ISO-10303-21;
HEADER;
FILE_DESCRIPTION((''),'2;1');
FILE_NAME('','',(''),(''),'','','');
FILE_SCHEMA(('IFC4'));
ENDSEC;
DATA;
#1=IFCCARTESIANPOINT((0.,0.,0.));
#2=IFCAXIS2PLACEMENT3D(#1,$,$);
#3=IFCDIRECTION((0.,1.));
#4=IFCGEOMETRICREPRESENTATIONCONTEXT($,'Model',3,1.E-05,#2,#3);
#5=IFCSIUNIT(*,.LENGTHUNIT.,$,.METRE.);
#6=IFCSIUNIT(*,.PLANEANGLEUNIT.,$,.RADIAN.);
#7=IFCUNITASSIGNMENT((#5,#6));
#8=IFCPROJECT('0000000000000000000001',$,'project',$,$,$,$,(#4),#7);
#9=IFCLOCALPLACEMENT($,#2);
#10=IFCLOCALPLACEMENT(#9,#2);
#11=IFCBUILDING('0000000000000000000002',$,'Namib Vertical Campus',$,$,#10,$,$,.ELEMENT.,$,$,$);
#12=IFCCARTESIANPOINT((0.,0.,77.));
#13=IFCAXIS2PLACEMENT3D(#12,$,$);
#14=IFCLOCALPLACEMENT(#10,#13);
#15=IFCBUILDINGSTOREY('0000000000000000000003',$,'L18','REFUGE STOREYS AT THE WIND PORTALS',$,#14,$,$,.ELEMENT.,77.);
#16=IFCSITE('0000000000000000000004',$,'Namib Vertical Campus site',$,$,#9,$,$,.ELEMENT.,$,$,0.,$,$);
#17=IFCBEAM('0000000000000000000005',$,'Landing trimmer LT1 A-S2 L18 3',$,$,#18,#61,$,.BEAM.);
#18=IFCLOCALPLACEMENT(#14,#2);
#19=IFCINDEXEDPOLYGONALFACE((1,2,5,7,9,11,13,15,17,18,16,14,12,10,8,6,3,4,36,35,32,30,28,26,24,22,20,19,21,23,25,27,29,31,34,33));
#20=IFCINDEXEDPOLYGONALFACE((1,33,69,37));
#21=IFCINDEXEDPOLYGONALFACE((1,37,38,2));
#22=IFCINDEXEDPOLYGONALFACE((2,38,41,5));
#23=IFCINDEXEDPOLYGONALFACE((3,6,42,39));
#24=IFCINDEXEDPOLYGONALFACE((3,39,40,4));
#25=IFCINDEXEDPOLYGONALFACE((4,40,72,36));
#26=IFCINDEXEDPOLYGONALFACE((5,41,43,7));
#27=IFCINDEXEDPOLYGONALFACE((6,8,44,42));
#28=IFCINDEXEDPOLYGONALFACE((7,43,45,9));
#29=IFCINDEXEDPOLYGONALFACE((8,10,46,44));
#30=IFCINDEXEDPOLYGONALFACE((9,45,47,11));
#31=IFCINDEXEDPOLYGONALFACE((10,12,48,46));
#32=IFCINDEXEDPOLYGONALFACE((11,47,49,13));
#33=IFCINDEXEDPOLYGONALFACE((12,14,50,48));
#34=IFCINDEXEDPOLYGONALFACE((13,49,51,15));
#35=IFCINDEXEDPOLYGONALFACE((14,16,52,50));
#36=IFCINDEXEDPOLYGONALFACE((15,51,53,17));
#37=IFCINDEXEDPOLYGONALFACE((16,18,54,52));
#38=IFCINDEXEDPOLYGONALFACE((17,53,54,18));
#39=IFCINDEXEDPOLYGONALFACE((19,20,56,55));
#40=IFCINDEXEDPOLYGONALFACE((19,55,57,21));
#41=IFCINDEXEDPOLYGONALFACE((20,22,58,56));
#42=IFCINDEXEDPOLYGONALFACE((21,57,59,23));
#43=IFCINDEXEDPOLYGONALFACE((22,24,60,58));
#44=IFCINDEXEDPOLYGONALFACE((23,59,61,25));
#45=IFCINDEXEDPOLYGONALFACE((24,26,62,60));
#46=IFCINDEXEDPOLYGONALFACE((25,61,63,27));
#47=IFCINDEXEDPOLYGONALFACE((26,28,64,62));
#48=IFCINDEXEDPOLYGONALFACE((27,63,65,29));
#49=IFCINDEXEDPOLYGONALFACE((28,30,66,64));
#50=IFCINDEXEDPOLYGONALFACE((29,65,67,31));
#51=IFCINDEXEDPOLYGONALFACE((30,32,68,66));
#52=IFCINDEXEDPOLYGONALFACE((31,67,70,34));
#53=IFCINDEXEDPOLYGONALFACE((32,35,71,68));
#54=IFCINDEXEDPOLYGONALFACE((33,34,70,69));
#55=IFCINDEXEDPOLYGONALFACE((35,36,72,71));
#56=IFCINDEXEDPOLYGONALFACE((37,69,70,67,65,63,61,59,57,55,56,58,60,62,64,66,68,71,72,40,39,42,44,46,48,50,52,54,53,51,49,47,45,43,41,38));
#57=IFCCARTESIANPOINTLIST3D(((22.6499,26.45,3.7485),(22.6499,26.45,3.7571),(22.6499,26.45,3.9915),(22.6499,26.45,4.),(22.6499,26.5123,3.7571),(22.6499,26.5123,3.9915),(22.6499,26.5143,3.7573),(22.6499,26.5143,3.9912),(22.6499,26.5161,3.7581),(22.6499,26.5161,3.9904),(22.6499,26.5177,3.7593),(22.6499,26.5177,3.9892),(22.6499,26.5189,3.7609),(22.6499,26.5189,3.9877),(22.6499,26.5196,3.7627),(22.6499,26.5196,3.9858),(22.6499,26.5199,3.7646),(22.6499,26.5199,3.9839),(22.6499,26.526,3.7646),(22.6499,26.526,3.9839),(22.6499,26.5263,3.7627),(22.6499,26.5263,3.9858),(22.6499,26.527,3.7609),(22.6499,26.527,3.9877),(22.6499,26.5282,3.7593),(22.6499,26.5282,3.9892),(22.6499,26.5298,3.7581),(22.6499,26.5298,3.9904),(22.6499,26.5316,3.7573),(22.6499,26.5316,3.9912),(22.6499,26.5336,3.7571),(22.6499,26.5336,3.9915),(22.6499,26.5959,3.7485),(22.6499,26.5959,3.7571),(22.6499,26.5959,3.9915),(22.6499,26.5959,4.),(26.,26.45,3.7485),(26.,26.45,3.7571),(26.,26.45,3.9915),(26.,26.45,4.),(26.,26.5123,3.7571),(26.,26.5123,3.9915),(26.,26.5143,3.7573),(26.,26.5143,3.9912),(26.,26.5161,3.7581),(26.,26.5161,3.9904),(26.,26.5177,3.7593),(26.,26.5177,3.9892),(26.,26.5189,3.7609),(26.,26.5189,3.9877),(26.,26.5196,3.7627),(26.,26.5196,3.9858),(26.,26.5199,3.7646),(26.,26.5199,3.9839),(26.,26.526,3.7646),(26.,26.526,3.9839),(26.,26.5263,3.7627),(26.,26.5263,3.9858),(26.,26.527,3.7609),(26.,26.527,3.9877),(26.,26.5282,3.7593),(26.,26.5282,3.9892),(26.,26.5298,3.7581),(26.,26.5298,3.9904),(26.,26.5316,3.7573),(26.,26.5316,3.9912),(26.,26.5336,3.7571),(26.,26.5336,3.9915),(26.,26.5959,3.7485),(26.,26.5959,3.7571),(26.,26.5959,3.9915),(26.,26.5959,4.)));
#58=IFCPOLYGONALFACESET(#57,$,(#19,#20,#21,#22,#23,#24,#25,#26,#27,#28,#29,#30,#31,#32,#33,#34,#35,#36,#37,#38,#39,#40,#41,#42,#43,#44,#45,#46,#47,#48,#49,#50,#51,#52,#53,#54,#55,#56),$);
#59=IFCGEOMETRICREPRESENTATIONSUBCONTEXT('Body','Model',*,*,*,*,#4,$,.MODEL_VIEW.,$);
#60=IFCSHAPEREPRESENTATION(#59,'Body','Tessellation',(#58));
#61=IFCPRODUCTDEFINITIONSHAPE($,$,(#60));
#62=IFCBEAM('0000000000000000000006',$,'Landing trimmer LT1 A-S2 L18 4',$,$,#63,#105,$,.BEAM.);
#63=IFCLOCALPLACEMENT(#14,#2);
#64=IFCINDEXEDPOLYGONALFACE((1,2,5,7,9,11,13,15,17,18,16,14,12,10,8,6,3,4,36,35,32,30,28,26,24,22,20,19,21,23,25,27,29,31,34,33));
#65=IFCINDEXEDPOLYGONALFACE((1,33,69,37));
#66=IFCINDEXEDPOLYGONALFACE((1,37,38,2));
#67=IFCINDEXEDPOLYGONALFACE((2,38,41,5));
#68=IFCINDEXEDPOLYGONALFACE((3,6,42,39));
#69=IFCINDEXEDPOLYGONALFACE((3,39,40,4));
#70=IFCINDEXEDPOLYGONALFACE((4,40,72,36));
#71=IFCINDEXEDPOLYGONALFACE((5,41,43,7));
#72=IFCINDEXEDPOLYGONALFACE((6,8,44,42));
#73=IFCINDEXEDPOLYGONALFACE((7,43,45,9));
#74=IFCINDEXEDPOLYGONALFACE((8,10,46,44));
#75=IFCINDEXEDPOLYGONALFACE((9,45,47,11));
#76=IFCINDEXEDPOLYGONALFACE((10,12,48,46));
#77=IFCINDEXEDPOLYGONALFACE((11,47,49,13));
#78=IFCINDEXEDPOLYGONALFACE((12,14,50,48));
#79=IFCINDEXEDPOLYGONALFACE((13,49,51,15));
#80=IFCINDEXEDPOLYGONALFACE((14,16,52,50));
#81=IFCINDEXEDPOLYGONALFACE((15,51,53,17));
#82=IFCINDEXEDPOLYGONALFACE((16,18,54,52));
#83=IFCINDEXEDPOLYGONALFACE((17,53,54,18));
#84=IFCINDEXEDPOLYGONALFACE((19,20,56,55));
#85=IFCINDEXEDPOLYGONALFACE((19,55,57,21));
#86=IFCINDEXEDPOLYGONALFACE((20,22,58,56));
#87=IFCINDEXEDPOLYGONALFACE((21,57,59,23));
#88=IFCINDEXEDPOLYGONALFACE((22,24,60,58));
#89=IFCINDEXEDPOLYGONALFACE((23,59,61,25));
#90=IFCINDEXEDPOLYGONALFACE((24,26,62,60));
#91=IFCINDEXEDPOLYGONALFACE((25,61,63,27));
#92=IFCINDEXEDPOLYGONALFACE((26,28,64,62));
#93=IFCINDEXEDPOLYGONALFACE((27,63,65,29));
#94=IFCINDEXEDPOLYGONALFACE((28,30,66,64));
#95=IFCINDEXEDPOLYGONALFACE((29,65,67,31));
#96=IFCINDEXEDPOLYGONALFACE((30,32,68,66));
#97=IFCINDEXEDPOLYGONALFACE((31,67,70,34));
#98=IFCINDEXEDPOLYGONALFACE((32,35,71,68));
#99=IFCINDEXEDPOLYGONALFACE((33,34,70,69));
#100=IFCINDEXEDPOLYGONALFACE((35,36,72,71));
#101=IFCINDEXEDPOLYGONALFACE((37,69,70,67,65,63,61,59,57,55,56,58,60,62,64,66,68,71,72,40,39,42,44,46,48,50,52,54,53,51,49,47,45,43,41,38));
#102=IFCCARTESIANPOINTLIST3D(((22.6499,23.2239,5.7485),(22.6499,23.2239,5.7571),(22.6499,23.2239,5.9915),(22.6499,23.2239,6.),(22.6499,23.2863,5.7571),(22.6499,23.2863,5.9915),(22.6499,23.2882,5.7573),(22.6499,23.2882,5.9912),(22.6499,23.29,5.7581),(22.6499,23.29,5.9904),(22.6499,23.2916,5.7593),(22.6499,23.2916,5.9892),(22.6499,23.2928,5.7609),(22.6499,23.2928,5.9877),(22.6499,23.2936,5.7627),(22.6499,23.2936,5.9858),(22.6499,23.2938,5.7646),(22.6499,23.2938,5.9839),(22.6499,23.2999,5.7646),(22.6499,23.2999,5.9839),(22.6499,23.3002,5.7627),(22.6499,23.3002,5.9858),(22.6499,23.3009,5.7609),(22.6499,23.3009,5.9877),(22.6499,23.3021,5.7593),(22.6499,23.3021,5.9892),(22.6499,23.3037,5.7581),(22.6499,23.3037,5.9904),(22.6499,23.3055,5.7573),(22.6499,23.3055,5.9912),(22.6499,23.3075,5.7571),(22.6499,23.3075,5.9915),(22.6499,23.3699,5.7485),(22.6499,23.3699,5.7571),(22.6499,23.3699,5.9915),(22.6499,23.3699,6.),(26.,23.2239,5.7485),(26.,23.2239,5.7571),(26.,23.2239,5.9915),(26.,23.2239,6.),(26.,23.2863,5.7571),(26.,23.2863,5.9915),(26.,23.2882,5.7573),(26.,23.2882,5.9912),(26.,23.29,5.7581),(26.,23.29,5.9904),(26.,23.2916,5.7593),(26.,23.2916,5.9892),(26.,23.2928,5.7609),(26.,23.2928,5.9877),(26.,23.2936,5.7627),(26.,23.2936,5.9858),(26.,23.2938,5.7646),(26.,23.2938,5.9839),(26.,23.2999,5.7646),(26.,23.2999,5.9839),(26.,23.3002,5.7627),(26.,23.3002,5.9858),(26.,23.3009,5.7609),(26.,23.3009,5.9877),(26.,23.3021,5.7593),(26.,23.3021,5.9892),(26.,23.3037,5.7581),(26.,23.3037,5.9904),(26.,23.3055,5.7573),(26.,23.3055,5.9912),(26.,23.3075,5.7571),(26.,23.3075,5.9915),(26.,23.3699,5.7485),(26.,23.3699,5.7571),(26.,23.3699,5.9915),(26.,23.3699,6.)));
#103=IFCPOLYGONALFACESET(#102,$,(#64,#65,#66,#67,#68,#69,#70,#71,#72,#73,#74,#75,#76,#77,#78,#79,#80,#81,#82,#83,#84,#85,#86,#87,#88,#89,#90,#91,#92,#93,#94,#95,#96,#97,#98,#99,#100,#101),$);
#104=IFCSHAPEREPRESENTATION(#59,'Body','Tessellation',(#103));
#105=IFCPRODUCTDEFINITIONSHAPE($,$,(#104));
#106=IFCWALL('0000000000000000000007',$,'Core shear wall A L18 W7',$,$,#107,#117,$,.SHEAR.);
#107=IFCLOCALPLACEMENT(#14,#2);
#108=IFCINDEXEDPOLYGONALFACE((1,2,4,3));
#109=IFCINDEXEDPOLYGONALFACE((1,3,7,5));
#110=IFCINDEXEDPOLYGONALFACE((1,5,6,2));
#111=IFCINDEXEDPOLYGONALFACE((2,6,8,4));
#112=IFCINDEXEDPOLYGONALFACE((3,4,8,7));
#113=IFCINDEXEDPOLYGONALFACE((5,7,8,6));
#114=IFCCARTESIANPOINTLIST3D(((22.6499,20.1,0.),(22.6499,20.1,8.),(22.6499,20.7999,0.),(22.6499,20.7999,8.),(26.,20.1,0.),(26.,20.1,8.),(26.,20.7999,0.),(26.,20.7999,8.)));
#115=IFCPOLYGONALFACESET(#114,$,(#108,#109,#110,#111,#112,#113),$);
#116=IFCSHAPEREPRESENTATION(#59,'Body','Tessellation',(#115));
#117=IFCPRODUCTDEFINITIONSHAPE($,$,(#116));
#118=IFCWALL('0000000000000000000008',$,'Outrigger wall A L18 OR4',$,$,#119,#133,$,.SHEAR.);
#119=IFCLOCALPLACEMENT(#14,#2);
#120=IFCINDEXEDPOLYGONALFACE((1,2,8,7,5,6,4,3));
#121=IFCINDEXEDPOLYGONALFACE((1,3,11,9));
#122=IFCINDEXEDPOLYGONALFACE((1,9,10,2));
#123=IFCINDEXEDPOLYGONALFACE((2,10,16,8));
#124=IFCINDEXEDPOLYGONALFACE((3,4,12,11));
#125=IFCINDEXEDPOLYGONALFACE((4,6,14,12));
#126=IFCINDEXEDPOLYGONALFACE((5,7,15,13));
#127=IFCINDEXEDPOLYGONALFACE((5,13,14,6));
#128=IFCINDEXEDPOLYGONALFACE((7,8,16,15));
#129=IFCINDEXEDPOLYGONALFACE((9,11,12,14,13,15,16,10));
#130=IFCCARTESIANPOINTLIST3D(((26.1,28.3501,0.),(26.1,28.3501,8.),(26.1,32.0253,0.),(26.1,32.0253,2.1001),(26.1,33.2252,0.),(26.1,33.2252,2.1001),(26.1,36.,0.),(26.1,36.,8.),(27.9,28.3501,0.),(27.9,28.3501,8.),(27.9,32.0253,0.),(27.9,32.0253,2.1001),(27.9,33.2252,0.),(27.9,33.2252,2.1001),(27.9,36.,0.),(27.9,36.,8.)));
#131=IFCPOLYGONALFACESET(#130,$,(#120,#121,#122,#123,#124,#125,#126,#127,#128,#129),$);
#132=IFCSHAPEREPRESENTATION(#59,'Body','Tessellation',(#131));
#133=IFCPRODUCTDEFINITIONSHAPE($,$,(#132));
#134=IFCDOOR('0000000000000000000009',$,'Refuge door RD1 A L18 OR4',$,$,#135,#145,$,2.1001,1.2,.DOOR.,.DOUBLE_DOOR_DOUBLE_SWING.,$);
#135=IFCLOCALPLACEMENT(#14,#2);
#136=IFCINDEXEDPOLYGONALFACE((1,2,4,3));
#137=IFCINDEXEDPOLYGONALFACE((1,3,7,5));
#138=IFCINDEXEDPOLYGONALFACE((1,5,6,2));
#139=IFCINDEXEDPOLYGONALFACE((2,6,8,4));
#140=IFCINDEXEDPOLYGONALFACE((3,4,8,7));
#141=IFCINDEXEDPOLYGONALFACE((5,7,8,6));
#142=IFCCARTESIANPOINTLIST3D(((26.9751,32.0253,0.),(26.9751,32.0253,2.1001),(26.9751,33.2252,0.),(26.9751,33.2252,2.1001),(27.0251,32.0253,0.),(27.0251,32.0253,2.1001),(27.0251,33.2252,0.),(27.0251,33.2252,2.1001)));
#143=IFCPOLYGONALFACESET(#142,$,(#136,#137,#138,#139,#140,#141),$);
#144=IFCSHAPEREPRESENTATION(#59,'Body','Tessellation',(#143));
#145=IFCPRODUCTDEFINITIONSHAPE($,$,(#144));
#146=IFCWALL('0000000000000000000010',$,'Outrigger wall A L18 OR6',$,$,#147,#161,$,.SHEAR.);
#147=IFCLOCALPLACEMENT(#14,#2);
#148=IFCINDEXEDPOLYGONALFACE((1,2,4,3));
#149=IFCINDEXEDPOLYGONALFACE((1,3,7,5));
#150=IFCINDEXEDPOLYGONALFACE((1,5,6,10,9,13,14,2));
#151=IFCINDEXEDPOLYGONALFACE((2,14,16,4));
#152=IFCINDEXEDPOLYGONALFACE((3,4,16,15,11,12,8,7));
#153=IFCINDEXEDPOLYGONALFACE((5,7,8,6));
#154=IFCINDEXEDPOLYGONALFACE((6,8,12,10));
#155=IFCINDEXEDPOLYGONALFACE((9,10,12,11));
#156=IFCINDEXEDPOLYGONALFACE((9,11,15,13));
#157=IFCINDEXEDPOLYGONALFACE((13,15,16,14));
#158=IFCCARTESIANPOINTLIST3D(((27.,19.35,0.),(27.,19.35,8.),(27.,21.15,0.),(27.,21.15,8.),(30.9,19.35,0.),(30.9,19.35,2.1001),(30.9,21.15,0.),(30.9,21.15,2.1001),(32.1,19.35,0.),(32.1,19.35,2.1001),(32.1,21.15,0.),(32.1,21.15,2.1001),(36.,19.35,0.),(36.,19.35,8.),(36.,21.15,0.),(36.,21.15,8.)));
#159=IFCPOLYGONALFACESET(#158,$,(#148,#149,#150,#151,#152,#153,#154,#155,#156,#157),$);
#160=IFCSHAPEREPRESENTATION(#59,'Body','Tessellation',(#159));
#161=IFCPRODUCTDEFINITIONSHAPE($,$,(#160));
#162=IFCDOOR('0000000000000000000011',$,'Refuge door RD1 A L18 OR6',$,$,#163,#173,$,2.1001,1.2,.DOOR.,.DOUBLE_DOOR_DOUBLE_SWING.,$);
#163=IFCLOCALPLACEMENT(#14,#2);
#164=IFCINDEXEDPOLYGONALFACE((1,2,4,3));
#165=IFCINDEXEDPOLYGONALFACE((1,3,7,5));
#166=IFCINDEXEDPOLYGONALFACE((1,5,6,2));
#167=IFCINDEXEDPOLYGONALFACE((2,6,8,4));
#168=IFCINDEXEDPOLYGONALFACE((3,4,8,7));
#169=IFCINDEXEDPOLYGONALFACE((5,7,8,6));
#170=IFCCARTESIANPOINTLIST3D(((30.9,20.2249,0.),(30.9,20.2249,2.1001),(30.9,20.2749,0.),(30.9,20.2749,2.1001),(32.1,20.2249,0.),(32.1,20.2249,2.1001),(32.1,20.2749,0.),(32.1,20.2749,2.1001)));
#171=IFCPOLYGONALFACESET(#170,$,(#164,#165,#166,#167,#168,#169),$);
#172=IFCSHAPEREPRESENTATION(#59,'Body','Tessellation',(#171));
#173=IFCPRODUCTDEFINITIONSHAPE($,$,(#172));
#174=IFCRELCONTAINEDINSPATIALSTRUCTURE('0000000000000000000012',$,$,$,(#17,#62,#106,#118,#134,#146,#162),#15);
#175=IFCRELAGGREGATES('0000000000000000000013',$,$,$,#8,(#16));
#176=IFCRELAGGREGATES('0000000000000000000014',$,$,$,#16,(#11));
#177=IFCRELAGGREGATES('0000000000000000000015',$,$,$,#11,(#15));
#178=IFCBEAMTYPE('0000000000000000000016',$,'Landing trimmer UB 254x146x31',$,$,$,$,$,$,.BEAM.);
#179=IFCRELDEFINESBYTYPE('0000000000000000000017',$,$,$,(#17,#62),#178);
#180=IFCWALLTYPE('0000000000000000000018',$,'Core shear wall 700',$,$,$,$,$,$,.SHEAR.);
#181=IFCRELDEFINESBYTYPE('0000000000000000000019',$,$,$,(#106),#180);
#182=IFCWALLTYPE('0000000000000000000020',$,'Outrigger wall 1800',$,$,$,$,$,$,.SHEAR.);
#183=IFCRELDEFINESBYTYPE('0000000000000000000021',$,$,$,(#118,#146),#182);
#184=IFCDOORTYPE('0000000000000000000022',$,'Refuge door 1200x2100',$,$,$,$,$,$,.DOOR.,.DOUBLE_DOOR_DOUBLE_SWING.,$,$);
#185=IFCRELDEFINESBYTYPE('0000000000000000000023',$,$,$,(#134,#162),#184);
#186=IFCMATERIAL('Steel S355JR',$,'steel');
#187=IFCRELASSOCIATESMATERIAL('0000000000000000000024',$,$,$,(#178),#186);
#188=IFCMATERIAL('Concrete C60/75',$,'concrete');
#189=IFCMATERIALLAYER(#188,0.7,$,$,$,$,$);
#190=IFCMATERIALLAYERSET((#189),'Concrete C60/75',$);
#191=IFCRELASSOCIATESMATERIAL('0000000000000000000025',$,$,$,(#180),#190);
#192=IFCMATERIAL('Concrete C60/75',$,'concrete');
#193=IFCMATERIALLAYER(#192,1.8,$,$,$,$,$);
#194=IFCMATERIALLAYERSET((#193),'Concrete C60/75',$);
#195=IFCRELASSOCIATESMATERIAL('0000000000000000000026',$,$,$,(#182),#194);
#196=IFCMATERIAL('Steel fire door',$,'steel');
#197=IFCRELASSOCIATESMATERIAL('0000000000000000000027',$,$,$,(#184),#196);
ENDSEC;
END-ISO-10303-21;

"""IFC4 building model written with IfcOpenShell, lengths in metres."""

from ifc_helpers import new_model, si_unit, direction, frame, frame_2d, origin, origin_2d, place, context, subcontext, project, spatial, rectangle, i_section, extrude, material, layer, layer_set, material_profile, profile_set, type_object, element, fill, save


model = new_model("IFC4")

# Units and contexts
model_context = context("Model", 3, precision=1e-05, world=origin(), true_north=direction((0.0, 1.0)))
body_context = subcontext(model_context, "Body", "Model", "MODEL_VIEW")
ifc_project = project(units=[si_unit("LENGTHUNIT", "METRE"), si_unit("PLANEANGLEUNIT", "RADIAN")], contexts=[model_context])

# Site, building, storey
site_placement = place(None, origin())
site = spatial("IfcSite", under=ifc_project, at=site_placement, Name="Namib Vertical Campus site", CompositionType="ELEMENT", RefElevation=0.0)
building_placement = place(site_placement, origin())
building = spatial("IfcBuilding", under=site, at=building_placement, Name="Namib Vertical Campus", CompositionType="ELEMENT")
storey_placement = place(building_placement, frame((0.0, 0.0, 77.0)))
storey = spatial("IfcBuildingStorey", under=building, at=storey_placement, Name="L18", Description="REFUGE STOREYS AT THE WIND PORTALS", CompositionType="ELEMENT", Elevation=77.0)

# Beams
ifc_material_1 = material(Name="Steel S355JR", Category="steel")
ifc_material_profile_1 = material_profile(ifc_material_1, i_section(OverallWidth=0.146, OverallDepth=0.2515, WebThickness=0.0061, FlangeThickness=0.0085, FilletRadius=0.0076, at=origin_2d()))
ifc_profile_set_1 = profile_set([ifc_material_profile_1], Name="Steel S355JR")
beam_type_1 = type_object("IfcBeamType", Name="Landing trimmer UB 254x146x31", PredefinedType="BEAM", material=ifc_profile_set_1)
for number, where, z_axis, x_axis, name in (
    (1, (22.6499, 26.5229, 3.8743), (1.0, 0.0, 0.0), (0.0, 1.0, 0.0), "Landing trimmer LT1 A-S2 L18 3"),
    (2, (22.6499, 23.2969, 5.8743), (1.0, 0.0, 0.0), (0.0, 1.0, 0.0), "Landing trimmer LT1 A-S2 L18 4"),
):
    element("IfcBeam", number, at=place(storey_placement, frame(where, z_axis=z_axis, x_axis=x_axis)), inside=storey, type_object=beam_type_1, Name=name, PredefinedType="BEAM", context=body_context, shape_type="SweptSolid", body=[
        extrude(i_section(OverallWidth=0.146, OverallDepth=0.2515, WebThickness=0.0061, FlangeThickness=0.0085, FilletRadius=0.0076, at=origin_2d()), origin(), (0.0, 0.0, 1.0), 3.3501),
    ])

# Wall
ifc_material_2 = material(Name="Concrete C60/75", Category="concrete")
ifc_layer_1 = layer(ifc_material_2, 0.7)
ifc_layer_set_1 = layer_set([ifc_layer_1], Name="Concrete C60/75")
wall_type_1 = type_object("IfcWallType", Name="Core shear wall 700", PredefinedType="SHEAR", material=ifc_layer_set_1)
wall_1_placement = place(storey_placement, frame((22.6499, 20.45, 0.0), z_axis=(0.0, 0.0, 1.0), x_axis=(1.0, 0.0, 0.0)))
element("IfcWall", 3, at=wall_1_placement, inside=storey, type_object=wall_type_1, Name="Core shear wall A L18 W7", PredefinedType="SHEAR", context=body_context, shape_type="SweptSolid", body=[
    extrude(rectangle(XDim=3.3501, YDim=0.7, at=frame_2d((1.675, 0.0))), origin(), (0.0, 0.0, 1.0), 8.0),
])

# Walls, openings, doors
ifc_material_3 = material(Name="Concrete C60/75", Category="concrete")
ifc_layer_2 = layer(ifc_material_3, 1.8)
ifc_layer_set_2 = layer_set([ifc_layer_2], Name="Concrete C60/75")
wall_type_2 = type_object("IfcWallType", Name="Outrigger wall 1800", PredefinedType="SHEAR", material=ifc_layer_set_2)
wall_2_placement = place(storey_placement, frame((27.0, 28.3501, 0.0), z_axis=(0.0, 0.0, 1.0), x_axis=(0.0, 1.0, 0.0)))
wall_2 = element("IfcWall", 4, at=wall_2_placement, inside=storey, type_object=wall_type_2, Name="Outrigger wall A L18 OR4", PredefinedType="SHEAR", context=body_context, shape_type="SweptSolid", body=[
    extrude(rectangle(XDim=7.6499, YDim=1.8, at=frame_2d((3.825, 0.0))), origin(), (0.0, 0.0, 1.0), 8.0),
])
opening_1_placement = place(wall_2_placement, frame((3.675, 0.0, 0.0)))
opening_1 = element("IfcOpeningElement", 5, at=opening_1_placement, cuts=wall_2, PredefinedType="OPENING", context=body_context, shape_type="SweptSolid", body=[
    extrude(rectangle(XDim=1.2, YDim=2.1001, at=frame_2d((0.6001, 1.05))), frame((0.0, 0.9099, 0.0), z_axis=(0.0, -1.0, 0.0), x_axis=(1.0, 0.0, 0.0)), (0.0, 0.0, 1.0), 1.8201),
])
ifc_material_4 = material(Name="Steel fire door", Category="steel")
door_type = type_object("IfcDoorType", Name="Refuge door 1200x2100", OperationType="DOUBLE_DOOR_DOUBLE_SWING", PredefinedType="DOOR", material=ifc_material_4)
door_1_placement = place(opening_1_placement, origin())
door_1 = element("IfcDoor", 6, at=door_1_placement, inside=storey, type_object=door_type, Name="Refuge door RD1 A L18 OR4", OperationType="DOUBLE_DOOR_DOUBLE_SWING", OverallHeight=2.1001, OverallWidth=1.2, PredefinedType="DOOR", context=body_context, shape_type="SweptSolid", body=[
    extrude(rectangle(XDim=1.2, YDim=2.1001, at=frame_2d((0.6001, 1.05))), frame((0.0, 0.0249, 0.0), z_axis=(0.0, -1.0, 0.0), x_axis=(1.0, 0.0, 0.0)), (0.0, 0.0, 1.0), 0.05),
])
fill(opening_1, door_1)
wall_3_placement = place(storey_placement, frame((27.0, 20.25, 0.0), z_axis=(0.0, 0.0, 1.0), x_axis=(1.0, 0.0, 0.0)))
wall_3 = element("IfcWall", 7, at=wall_3_placement, inside=storey, type_object=wall_type_2, Name="Outrigger wall A L18 OR6", PredefinedType="SHEAR", context=body_context, shape_type="SweptSolid", body=[
    extrude(rectangle(XDim=9.0, YDim=1.8, at=frame_2d((4.5, 0.0))), origin(), (0.0, 0.0, 1.0), 8.0),
])
opening_2_placement = place(wall_3_placement, frame((3.8999, 0.0, 0.0)))
opening_2 = element("IfcOpeningElement", 8, at=opening_2_placement, cuts=wall_3, PredefinedType="OPENING", context=body_context, shape_type="SweptSolid", body=[
    extrude(rectangle(XDim=1.2, YDim=2.1001, at=frame_2d((0.6001, 1.05))), frame((0.0, 0.9099, 0.0), z_axis=(0.0, -1.0, 0.0), x_axis=(1.0, 0.0, 0.0)), (0.0, 0.0, 1.0), 1.8201),
])
door_2_placement = place(opening_2_placement, origin())
door_2 = element("IfcDoor", 9, at=door_2_placement, inside=storey, type_object=door_type, Name="Refuge door RD1 A L18 OR6", OperationType="DOUBLE_DOOR_DOUBLE_SWING", OverallHeight=2.1001, OverallWidth=1.2, PredefinedType="DOOR", context=body_context, shape_type="SweptSolid", body=[
    extrude(rectangle(XDim=1.2, YDim=2.1001, at=frame_2d((0.6001, 1.05))), frame((0.0, 0.0249, 0.0), z_axis=(0.0, -1.0, 0.0), x_axis=(1.0, 0.0, 0.0)), (0.0, 0.0, 1.0), 0.05),
])
fill(opening_2, door_2)

save(model, "model.ifc")
